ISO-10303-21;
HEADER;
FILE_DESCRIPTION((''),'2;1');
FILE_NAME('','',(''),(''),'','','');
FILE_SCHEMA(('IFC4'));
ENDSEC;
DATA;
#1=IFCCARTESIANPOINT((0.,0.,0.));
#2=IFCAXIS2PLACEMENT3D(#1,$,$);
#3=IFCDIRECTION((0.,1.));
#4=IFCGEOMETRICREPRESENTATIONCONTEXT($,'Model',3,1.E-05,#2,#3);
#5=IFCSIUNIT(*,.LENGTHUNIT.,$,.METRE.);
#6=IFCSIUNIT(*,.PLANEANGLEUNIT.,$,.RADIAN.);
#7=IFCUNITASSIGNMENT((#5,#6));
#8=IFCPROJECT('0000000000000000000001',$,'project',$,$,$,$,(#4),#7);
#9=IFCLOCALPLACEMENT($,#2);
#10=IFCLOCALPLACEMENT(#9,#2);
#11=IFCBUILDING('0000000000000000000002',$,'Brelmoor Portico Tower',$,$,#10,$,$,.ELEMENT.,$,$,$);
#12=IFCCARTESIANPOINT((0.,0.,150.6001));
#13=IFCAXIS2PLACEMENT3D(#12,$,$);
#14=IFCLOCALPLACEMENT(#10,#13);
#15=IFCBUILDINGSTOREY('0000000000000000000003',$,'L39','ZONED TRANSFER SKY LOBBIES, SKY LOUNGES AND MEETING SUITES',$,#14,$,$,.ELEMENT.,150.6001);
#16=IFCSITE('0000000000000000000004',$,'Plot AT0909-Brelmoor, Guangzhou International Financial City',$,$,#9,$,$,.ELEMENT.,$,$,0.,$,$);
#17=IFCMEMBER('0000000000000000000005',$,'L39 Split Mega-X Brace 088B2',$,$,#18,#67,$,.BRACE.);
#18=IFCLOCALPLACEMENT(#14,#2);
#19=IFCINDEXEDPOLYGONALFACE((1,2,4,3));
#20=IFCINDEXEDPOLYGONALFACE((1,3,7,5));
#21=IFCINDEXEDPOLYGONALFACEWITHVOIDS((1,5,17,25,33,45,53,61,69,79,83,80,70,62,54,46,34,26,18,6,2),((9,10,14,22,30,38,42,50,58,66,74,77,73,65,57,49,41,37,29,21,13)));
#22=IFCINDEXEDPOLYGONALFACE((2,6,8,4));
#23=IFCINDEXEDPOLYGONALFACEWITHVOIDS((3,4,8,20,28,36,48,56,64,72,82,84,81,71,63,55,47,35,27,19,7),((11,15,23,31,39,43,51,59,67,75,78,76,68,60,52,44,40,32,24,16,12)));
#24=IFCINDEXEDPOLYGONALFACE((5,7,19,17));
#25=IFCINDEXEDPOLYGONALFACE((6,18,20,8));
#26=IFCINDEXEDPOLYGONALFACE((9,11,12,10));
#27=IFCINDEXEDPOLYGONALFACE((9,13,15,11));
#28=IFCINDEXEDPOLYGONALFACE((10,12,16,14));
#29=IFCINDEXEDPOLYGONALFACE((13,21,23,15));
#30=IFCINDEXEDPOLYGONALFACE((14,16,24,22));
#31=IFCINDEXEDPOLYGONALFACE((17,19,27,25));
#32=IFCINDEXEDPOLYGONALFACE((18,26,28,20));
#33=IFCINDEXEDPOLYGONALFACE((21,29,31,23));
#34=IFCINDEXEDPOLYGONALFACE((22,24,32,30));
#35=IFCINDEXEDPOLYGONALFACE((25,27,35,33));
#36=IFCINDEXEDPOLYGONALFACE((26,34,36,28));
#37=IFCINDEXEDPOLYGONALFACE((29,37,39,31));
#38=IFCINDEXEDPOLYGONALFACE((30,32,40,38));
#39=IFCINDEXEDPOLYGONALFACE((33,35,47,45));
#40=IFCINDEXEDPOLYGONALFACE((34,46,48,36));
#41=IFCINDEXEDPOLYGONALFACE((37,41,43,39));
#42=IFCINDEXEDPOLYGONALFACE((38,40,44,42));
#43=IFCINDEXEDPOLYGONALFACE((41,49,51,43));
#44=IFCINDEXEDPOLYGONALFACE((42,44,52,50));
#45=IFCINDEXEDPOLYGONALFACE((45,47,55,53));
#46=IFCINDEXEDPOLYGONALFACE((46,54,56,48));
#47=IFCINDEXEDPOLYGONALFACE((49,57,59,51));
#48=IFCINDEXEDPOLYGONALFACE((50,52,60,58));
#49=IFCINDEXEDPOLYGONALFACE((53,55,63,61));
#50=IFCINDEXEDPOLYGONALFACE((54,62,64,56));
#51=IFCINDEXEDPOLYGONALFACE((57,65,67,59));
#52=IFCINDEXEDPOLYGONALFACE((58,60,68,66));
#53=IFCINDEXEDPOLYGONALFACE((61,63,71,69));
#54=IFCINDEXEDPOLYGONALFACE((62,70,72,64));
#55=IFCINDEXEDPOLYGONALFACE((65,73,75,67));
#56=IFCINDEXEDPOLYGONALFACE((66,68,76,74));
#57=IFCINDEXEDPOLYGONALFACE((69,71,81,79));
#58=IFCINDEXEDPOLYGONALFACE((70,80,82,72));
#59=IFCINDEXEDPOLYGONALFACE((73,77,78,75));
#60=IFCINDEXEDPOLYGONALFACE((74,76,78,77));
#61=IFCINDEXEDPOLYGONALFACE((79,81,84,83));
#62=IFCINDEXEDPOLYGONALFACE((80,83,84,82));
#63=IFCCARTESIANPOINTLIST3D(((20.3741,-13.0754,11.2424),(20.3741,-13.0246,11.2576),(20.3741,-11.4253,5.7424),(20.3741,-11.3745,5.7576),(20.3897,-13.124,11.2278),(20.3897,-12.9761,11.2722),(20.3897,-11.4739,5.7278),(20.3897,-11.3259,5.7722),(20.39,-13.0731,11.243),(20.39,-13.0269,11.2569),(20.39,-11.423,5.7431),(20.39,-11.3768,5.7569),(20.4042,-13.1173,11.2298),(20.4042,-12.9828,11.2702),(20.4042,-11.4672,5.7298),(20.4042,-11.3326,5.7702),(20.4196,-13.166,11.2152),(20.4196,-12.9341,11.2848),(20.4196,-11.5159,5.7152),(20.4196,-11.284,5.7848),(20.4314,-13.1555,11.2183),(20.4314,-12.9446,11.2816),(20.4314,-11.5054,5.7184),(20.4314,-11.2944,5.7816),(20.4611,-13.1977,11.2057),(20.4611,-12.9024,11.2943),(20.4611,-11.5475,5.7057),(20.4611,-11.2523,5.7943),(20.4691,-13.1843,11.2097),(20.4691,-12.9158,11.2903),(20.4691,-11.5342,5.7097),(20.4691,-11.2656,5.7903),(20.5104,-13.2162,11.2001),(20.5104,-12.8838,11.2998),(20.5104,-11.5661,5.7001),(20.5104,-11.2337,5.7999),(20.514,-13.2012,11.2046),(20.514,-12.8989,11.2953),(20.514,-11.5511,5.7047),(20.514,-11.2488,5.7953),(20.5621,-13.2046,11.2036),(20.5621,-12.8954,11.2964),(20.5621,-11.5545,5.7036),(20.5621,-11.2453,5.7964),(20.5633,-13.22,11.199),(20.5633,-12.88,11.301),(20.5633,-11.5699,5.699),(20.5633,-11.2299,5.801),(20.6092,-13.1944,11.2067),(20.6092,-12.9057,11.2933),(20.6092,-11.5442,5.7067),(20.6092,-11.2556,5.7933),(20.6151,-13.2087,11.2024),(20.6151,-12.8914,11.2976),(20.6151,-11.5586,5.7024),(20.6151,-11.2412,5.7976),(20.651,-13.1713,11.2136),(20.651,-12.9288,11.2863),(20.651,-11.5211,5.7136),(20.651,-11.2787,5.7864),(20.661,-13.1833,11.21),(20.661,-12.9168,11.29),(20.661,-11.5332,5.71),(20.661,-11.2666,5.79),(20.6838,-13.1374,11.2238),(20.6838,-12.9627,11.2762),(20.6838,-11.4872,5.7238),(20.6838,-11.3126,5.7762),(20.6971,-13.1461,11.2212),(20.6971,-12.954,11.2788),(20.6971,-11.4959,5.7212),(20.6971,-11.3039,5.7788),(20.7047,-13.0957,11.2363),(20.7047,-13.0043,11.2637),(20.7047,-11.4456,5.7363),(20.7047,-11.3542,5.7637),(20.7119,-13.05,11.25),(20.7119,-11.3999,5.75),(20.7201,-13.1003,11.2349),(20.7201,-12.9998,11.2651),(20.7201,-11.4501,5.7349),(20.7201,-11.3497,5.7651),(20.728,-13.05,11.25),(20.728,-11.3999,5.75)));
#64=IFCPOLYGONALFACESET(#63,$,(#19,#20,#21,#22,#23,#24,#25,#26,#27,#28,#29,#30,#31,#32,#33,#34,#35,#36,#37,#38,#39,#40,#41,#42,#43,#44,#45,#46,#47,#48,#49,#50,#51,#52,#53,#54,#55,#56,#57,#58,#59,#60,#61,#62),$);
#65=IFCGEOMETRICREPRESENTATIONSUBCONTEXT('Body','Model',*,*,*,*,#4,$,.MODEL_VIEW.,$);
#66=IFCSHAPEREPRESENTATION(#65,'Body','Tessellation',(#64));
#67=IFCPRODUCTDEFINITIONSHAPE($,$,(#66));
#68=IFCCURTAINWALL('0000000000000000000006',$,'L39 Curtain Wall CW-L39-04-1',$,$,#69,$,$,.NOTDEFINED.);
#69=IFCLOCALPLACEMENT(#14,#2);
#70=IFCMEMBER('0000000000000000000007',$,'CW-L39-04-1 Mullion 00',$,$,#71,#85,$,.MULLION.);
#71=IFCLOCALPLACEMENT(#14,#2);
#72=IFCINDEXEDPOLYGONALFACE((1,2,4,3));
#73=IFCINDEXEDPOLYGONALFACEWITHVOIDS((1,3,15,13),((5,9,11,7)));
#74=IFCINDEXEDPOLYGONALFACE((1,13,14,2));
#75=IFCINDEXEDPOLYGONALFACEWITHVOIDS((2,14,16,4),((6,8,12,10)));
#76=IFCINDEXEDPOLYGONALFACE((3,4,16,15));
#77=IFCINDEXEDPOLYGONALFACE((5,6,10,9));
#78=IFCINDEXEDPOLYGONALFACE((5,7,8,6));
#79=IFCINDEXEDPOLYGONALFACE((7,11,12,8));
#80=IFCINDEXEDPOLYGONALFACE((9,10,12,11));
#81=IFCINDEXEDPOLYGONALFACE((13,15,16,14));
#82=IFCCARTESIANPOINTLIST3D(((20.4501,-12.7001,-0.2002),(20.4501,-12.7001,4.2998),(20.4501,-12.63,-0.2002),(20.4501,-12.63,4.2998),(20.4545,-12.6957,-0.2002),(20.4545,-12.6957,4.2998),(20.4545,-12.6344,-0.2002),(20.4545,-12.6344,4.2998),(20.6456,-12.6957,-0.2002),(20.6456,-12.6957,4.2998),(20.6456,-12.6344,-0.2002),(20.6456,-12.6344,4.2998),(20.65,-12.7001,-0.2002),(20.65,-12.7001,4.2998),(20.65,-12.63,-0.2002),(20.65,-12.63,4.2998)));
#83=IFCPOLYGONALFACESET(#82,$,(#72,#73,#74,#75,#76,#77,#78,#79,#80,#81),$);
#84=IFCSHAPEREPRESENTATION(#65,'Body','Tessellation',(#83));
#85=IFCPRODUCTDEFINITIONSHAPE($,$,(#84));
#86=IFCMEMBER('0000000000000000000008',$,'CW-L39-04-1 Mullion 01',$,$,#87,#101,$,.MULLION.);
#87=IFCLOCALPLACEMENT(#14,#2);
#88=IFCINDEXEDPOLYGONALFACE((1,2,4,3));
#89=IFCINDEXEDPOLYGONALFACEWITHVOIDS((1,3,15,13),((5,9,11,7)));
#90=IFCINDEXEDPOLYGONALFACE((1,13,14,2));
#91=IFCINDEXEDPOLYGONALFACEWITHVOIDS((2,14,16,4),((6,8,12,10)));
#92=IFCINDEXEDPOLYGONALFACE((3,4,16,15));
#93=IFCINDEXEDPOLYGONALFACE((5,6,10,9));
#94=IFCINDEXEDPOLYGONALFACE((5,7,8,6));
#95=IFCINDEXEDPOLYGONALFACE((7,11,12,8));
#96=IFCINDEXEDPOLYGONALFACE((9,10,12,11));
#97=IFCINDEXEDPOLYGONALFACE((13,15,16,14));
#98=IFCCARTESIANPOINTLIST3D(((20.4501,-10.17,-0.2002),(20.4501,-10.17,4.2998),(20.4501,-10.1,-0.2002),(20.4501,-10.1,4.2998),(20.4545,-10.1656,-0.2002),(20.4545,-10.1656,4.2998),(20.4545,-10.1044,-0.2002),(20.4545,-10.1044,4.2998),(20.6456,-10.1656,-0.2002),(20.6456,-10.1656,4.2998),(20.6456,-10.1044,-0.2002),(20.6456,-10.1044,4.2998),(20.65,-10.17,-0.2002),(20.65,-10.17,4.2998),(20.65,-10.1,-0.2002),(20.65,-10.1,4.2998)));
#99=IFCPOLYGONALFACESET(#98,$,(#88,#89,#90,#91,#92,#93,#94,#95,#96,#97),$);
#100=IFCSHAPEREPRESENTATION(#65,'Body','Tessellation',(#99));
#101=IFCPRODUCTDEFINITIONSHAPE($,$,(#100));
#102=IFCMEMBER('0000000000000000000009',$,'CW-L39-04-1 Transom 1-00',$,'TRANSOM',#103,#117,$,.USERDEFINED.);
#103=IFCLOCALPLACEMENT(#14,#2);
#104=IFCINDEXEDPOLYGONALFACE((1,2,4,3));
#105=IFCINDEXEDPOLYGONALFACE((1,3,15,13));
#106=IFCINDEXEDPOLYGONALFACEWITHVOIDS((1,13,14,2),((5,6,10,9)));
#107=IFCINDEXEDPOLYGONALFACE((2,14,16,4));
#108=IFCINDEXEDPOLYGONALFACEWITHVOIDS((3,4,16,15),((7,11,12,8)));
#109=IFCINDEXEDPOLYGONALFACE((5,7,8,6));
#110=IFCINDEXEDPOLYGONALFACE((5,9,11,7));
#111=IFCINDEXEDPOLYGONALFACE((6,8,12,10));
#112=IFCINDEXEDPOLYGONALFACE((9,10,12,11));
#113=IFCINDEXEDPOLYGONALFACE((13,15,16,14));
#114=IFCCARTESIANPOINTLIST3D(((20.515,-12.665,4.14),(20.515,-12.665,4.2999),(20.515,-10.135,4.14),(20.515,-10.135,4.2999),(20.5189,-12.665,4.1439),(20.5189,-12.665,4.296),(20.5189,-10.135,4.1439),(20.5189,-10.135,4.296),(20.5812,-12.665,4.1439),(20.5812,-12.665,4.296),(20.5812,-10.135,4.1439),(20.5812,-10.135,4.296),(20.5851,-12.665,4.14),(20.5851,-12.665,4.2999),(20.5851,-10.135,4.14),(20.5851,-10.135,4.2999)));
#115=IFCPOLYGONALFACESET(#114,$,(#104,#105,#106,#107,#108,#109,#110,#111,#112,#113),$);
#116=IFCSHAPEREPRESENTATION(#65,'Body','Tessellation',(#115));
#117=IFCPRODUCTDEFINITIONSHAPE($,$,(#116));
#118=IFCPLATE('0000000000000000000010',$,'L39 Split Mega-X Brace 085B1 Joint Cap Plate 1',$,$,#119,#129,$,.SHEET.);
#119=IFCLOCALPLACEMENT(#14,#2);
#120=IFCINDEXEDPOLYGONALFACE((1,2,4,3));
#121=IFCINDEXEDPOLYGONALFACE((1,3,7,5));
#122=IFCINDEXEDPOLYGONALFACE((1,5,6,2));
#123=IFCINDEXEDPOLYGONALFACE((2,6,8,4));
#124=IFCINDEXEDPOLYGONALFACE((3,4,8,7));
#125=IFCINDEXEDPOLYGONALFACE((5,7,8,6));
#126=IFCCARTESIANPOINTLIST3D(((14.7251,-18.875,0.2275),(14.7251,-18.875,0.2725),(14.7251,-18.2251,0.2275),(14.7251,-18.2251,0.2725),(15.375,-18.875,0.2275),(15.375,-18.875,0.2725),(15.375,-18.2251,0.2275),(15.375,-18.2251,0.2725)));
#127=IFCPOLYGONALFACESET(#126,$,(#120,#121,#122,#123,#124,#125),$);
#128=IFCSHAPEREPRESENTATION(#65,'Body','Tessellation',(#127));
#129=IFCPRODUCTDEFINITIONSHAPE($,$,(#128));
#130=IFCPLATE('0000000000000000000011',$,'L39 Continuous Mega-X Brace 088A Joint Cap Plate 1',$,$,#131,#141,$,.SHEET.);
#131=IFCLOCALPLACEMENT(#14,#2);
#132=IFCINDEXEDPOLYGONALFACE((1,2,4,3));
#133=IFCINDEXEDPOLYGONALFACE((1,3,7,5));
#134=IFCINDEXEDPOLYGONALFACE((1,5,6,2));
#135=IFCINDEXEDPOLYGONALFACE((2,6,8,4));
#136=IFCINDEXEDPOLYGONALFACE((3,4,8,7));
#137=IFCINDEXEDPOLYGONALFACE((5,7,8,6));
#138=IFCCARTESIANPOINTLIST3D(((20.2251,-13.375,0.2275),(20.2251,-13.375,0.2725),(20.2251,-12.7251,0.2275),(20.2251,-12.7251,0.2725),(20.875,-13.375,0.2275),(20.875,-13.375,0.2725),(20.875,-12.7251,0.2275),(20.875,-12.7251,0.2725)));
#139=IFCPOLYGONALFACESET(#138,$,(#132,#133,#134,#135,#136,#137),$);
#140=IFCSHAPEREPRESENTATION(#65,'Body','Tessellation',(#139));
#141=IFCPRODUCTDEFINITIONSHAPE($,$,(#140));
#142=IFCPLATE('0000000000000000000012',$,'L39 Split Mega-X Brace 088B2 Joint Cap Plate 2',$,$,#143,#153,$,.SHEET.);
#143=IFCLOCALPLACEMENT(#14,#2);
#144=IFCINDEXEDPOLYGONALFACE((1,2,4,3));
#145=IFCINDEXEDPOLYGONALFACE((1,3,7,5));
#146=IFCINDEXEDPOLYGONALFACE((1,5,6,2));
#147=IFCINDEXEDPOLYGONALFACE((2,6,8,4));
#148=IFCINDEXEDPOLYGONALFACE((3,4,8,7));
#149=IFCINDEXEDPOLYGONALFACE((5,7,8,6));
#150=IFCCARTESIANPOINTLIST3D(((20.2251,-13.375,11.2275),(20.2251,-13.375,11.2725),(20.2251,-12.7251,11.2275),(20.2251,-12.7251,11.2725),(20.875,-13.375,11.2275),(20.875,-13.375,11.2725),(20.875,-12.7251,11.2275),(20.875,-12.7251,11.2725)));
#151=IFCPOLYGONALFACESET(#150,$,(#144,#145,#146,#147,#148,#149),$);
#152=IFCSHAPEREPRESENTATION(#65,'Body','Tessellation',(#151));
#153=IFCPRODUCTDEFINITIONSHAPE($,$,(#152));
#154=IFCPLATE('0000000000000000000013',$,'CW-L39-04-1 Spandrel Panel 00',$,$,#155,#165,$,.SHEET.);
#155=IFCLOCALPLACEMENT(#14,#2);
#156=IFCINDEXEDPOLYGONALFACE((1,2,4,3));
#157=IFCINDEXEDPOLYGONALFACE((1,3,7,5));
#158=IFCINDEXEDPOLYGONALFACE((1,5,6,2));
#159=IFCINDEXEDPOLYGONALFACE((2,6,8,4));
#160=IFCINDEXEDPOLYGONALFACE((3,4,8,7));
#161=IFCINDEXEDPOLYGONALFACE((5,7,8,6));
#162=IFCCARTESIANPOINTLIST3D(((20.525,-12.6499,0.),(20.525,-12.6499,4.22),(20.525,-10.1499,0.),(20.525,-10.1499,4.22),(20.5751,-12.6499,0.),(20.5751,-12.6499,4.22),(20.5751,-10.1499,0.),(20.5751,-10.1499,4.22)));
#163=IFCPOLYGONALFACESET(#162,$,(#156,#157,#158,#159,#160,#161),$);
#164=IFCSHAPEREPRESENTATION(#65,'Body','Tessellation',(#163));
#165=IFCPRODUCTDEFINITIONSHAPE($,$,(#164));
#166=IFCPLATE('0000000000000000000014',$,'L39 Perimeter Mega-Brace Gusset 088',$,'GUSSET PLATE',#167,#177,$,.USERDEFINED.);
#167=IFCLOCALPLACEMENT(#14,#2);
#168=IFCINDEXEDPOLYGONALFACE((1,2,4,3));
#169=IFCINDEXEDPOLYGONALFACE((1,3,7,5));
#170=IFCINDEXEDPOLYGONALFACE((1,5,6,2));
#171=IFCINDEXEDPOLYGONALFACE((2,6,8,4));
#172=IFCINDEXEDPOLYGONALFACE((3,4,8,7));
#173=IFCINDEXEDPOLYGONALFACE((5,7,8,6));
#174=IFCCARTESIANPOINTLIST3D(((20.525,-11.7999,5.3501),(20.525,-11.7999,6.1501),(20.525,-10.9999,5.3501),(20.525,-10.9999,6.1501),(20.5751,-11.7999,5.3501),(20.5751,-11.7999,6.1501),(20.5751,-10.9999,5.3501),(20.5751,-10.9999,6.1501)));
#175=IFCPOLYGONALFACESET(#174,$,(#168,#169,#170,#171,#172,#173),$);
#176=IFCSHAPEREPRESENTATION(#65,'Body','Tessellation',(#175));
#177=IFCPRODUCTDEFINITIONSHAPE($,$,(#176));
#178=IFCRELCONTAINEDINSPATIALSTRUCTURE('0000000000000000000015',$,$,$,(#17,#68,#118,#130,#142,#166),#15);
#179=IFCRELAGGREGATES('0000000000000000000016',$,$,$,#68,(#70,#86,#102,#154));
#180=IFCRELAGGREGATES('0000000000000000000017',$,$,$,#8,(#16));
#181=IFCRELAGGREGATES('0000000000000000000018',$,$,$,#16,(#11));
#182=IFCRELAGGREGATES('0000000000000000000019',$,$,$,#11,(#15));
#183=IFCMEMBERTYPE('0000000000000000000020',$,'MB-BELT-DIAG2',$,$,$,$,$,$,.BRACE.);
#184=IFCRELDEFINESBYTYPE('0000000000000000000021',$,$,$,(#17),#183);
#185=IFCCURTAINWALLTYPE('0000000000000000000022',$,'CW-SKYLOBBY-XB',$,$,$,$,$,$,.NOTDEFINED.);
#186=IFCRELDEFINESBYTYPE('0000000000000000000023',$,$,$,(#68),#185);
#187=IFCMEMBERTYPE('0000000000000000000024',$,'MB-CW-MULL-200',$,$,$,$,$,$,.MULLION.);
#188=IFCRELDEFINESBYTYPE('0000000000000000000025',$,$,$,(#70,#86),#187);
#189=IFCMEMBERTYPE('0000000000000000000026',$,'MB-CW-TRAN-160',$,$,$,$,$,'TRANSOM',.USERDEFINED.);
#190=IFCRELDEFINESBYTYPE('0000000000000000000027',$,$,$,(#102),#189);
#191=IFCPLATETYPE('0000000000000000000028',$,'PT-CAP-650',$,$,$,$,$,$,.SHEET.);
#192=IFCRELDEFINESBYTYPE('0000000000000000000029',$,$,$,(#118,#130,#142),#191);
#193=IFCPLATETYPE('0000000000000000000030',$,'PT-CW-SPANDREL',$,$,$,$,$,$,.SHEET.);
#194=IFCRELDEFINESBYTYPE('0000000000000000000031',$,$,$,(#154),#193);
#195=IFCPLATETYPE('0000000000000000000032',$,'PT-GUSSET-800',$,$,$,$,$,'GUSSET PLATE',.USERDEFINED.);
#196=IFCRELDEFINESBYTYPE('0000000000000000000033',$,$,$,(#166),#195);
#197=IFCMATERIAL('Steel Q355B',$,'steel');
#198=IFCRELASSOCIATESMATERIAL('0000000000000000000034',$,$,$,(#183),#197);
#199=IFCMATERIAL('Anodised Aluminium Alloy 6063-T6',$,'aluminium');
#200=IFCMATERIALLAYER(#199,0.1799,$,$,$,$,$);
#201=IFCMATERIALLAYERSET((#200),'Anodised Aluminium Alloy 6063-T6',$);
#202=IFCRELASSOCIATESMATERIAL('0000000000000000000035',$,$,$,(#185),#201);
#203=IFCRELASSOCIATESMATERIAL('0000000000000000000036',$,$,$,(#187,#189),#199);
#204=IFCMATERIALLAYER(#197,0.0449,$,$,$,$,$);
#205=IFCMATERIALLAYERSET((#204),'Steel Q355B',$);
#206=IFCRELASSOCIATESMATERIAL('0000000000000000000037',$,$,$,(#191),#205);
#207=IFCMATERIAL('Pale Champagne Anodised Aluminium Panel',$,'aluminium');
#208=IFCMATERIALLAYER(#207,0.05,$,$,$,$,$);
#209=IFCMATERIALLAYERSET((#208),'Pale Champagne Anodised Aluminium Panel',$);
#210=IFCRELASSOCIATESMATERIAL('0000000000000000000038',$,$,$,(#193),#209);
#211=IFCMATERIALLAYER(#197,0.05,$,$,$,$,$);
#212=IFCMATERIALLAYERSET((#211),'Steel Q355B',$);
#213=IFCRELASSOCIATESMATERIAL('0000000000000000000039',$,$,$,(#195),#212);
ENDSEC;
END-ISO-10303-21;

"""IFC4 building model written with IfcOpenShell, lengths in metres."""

from ifc_helpers import new_model, si_unit, direction, frame, origin, origin_2d, place, context, subcontext, project, spatial, rectangle, hollow_rectangle, hollow_circle, extrude, material, layer, layer_set, material_profile, profile_set, type_object, element, aggregate, save


model = new_model("IFC4")

# Units and contexts
model_context = context("Model", 3, precision=1e-05, world=origin(), true_north=direction((0.0, 1.0)))
body_context = subcontext(model_context, "Body", "Model", "MODEL_VIEW")
ifc_project = project(units=[si_unit("LENGTHUNIT", "METRE"), si_unit("PLANEANGLEUNIT", "RADIAN")], contexts=[model_context])

# Site, building, storey
site_placement = place(None, origin())
site = spatial("IfcSite", under=ifc_project, at=site_placement, Name="Plot AT0909-Brelmoor, Guangzhou International Financial City", CompositionType="ELEMENT", RefElevation=0.0)
building_placement = place(site_placement, origin())
building = spatial("IfcBuilding", under=site, at=building_placement, Name="Brelmoor Portico Tower", CompositionType="ELEMENT")
storey_placement = place(building_placement, frame((0.0, 0.0, 150.6001)))
storey = spatial("IfcBuildingStorey", under=building, at=storey_placement, Name="L39", Description="ZONED TRANSFER SKY LOBBIES, SKY LOUNGES AND MEETING SUITES", CompositionType="ELEMENT", Elevation=150.6001)

# Shared definitions
ifc_material_1 = material(Name="Steel Q355B", Category="steel")

# Member
ifc_material_profile_1 = material_profile(ifc_material_1, hollow_circle(Radius=0.178, WallThickness=0.0161, at=origin_2d()), Name="CHS 356x16")
ifc_profile_set_1 = profile_set([ifc_material_profile_1], Name="Steel Q355B")
member_type_1 = type_object("IfcMemberType", Name="MB-BELT-DIAG2", PredefinedType="BRACE", material=ifc_profile_set_1)
member_1_placement = place(storey_placement, frame((20.55, -11.3999, 5.75), z_axis=(0.0, -0.287371, 0.957819), x_axis=(1.0, 0.0, 0.0)))
element("IfcMember", 1, at=member_1_placement, inside=storey, type_object=member_type_1, Name="L39 Split Mega-X Brace 088B2", PredefinedType="BRACE", context=body_context, shape_type="SweptSolid", body=[
    extrude(hollow_circle(Radius=0.178, WallThickness=0.0161, at=origin_2d()), origin(), (0.0, 0.0, 1.0), 5.7422),
])

# Curtain wall, members
ifc_material_2 = material(Name="Anodised Aluminium Alloy 6063-T6", Category="aluminium")
ifc_layer_1 = layer(ifc_material_2, 0.1799)
ifc_layer_set_1 = layer_set([ifc_layer_1], Name="Anodised Aluminium Alloy 6063-T6")
curtain_wall_type = type_object("IfcCurtainWallType", Name="CW-SKYLOBBY-XB", PredefinedType="NOTDEFINED", material=ifc_layer_set_1)
curtain_wall_placement = place(storey_placement, origin())
curtain_wall = element("IfcCurtainWall", 2, at=curtain_wall_placement, inside=storey, type_object=curtain_wall_type, Name="L39 Curtain Wall CW-L39-04-1", PredefinedType="NOTDEFINED")
ifc_material_profile_2 = material_profile(ifc_material_2, hollow_rectangle(XDim=0.0701, YDim=0.2, WallThickness=0.0044, at=origin_2d()), Name="ALU MULLION 70x200")
ifc_profile_set_2 = profile_set([ifc_material_profile_2], Name="Anodised Aluminium Alloy 6063-T6")
member_type_2 = type_object("IfcMemberType", Name="MB-CW-MULL-200", PredefinedType="MULLION", material=ifc_profile_set_2)
member_2_placement = place(storey_placement, frame((20.55, -12.665, -0.2002), z_axis=(0.0, 0.0, 1.0), x_axis=(0.0, 1.0, 0.0)))
member_2 = element("IfcMember", 3, at=member_2_placement, type_object=member_type_2, Name="CW-L39-04-1 Mullion 00", PredefinedType="MULLION", context=body_context, shape_type="SweptSolid", body=[
    extrude(hollow_rectangle(XDim=0.0701, YDim=0.2, WallThickness=0.0044, at=origin_2d()), origin(), (0.0, 0.0, 1.0), 4.5),
])
member_3_placement = place(storey_placement, frame((20.55, -10.135, -0.2002), z_axis=(0.0, 0.0, 1.0), x_axis=(0.0, 1.0, 0.0)))
member_3 = element("IfcMember", 4, at=member_3_placement, type_object=member_type_2, Name="CW-L39-04-1 Mullion 01", PredefinedType="MULLION", context=body_context, shape_type="SweptSolid", body=[
    extrude(hollow_rectangle(XDim=0.0701, YDim=0.2, WallThickness=0.0044, at=origin_2d()), origin(), (0.0, 0.0, 1.0), 4.5),
])
ifc_material_profile_3 = material_profile(ifc_material_2, hollow_rectangle(XDim=0.0701, YDim=0.1599, WallThickness=0.0039, at=origin_2d()), Name="ALU TRANSOM 70x160")
ifc_profile_set_3 = profile_set([ifc_material_profile_3], Name="Anodised Aluminium Alloy 6063-T6")
member_type_3 = type_object("IfcMemberType", Name="MB-CW-TRAN-160", ElementType="TRANSOM", PredefinedType="USERDEFINED", material=ifc_profile_set_3)
member_4_placement = place(storey_placement, frame((20.55, -12.665, 4.22), z_axis=(0.0, 1.0, 0.0), x_axis=(-1.0, 0.0, 0.0)))
member_4 = element("IfcMember", 5, at=member_4_placement, type_object=member_type_3, Name="CW-L39-04-1 Transom 1-00", ObjectType="TRANSOM", PredefinedType="USERDEFINED", context=body_context, shape_type="SweptSolid", body=[
    extrude(hollow_rectangle(XDim=0.0701, YDim=0.1599, WallThickness=0.0039, at=origin_2d()), origin(), (0.0, 0.0, 1.0), 2.53),
])

# Plates
ifc_layer_2 = layer(ifc_material_1, 0.0449)
ifc_layer_set_2 = layer_set([ifc_layer_2], Name="Steel Q355B")
plate_type_1 = type_object("IfcPlateType", Name="PT-CAP-650", PredefinedType="SHEET", material=ifc_layer_set_2)
for number, where, z_axis, x_axis, name in (
    (6, (15.05, -18.55, 0.2275), (0.0, 0.0, 1.0), (1.0, 0.0, 0.0), "L39 Split Mega-X Brace 085B1 Joint Cap Plate 1"),
    (7, (20.55, -13.05, 0.2275), (0.0, 0.0, 1.0), (1.0, 0.0, 0.0), "L39 Continuous Mega-X Brace 088A Joint Cap Plate 1"),
    (8, (20.55, -13.05, 11.2275), (0.0, 0.0, 1.0), (1.0, 0.0, 0.0), "L39 Split Mega-X Brace 088B2 Joint Cap Plate 2"),
):
    element("IfcPlate", number, at=place(storey_placement, frame(where, z_axis=z_axis, x_axis=x_axis)), inside=storey, type_object=plate_type_1, Name=name, PredefinedType="SHEET", context=body_context, shape_type="SweptSolid", body=[
        extrude(rectangle(XDim=0.6499, YDim=0.6499, at=origin_2d()), origin(), (0.0, 0.0, 1.0), 0.0449),
    ])

# Plates
ifc_material_3 = material(Name="Pale Champagne Anodised Aluminium Panel", Category="aluminium")
ifc_layer_3 = layer(ifc_material_3, 0.05)
ifc_layer_set_3 = layer_set([ifc_layer_3], Name="Pale Champagne Anodised Aluminium Panel")
plate_type_2 = type_object("IfcPlateType", Name="PT-CW-SPANDREL", PredefinedType="SHEET", material=ifc_layer_set_3)
plate_1_placement = place(storey_placement, frame((20.55, -11.3999, 0.0), z_axis=(0.0, 0.0, 1.0), x_axis=(0.0, 1.0, 0.0)))
plate_1 = element("IfcPlate", 9, at=plate_1_placement, type_object=plate_type_2, Name="CW-L39-04-1 Spandrel Panel 00", PredefinedType="SHEET", context=body_context, shape_type="SweptSolid", body=[
    extrude(rectangle(XDim=2.5, YDim=0.05, at=origin_2d()), origin(), (0.0, 0.0, 1.0), 4.22),
])
aggregate(curtain_wall, [member_2, member_3, member_4, plate_1])
ifc_layer_4 = layer(ifc_material_1, 0.05)
ifc_layer_set_4 = layer_set([ifc_layer_4], Name="Steel Q355B")
plate_type_3 = type_object("IfcPlateType", Name="PT-GUSSET-800", ElementType="GUSSET PLATE", PredefinedType="USERDEFINED", material=ifc_layer_set_4)
plate_2_placement = place(storey_placement, frame((20.55, -11.3999, 5.3501), z_axis=(0.0, 0.0, 1.0), x_axis=(1.0, 0.0, 0.0)))
element("IfcPlate", 10, at=plate_2_placement, inside=storey, type_object=plate_type_3, Name="L39 Perimeter Mega-Brace Gusset 088", ObjectType="GUSSET PLATE", PredefinedType="USERDEFINED", context=body_context, shape_type="SweptSolid", body=[
    extrude(rectangle(XDim=0.05, YDim=0.8, at=origin_2d()), origin(), (0.0, 0.0, 1.0), 0.8),
])

save(model, "model.ifc")
